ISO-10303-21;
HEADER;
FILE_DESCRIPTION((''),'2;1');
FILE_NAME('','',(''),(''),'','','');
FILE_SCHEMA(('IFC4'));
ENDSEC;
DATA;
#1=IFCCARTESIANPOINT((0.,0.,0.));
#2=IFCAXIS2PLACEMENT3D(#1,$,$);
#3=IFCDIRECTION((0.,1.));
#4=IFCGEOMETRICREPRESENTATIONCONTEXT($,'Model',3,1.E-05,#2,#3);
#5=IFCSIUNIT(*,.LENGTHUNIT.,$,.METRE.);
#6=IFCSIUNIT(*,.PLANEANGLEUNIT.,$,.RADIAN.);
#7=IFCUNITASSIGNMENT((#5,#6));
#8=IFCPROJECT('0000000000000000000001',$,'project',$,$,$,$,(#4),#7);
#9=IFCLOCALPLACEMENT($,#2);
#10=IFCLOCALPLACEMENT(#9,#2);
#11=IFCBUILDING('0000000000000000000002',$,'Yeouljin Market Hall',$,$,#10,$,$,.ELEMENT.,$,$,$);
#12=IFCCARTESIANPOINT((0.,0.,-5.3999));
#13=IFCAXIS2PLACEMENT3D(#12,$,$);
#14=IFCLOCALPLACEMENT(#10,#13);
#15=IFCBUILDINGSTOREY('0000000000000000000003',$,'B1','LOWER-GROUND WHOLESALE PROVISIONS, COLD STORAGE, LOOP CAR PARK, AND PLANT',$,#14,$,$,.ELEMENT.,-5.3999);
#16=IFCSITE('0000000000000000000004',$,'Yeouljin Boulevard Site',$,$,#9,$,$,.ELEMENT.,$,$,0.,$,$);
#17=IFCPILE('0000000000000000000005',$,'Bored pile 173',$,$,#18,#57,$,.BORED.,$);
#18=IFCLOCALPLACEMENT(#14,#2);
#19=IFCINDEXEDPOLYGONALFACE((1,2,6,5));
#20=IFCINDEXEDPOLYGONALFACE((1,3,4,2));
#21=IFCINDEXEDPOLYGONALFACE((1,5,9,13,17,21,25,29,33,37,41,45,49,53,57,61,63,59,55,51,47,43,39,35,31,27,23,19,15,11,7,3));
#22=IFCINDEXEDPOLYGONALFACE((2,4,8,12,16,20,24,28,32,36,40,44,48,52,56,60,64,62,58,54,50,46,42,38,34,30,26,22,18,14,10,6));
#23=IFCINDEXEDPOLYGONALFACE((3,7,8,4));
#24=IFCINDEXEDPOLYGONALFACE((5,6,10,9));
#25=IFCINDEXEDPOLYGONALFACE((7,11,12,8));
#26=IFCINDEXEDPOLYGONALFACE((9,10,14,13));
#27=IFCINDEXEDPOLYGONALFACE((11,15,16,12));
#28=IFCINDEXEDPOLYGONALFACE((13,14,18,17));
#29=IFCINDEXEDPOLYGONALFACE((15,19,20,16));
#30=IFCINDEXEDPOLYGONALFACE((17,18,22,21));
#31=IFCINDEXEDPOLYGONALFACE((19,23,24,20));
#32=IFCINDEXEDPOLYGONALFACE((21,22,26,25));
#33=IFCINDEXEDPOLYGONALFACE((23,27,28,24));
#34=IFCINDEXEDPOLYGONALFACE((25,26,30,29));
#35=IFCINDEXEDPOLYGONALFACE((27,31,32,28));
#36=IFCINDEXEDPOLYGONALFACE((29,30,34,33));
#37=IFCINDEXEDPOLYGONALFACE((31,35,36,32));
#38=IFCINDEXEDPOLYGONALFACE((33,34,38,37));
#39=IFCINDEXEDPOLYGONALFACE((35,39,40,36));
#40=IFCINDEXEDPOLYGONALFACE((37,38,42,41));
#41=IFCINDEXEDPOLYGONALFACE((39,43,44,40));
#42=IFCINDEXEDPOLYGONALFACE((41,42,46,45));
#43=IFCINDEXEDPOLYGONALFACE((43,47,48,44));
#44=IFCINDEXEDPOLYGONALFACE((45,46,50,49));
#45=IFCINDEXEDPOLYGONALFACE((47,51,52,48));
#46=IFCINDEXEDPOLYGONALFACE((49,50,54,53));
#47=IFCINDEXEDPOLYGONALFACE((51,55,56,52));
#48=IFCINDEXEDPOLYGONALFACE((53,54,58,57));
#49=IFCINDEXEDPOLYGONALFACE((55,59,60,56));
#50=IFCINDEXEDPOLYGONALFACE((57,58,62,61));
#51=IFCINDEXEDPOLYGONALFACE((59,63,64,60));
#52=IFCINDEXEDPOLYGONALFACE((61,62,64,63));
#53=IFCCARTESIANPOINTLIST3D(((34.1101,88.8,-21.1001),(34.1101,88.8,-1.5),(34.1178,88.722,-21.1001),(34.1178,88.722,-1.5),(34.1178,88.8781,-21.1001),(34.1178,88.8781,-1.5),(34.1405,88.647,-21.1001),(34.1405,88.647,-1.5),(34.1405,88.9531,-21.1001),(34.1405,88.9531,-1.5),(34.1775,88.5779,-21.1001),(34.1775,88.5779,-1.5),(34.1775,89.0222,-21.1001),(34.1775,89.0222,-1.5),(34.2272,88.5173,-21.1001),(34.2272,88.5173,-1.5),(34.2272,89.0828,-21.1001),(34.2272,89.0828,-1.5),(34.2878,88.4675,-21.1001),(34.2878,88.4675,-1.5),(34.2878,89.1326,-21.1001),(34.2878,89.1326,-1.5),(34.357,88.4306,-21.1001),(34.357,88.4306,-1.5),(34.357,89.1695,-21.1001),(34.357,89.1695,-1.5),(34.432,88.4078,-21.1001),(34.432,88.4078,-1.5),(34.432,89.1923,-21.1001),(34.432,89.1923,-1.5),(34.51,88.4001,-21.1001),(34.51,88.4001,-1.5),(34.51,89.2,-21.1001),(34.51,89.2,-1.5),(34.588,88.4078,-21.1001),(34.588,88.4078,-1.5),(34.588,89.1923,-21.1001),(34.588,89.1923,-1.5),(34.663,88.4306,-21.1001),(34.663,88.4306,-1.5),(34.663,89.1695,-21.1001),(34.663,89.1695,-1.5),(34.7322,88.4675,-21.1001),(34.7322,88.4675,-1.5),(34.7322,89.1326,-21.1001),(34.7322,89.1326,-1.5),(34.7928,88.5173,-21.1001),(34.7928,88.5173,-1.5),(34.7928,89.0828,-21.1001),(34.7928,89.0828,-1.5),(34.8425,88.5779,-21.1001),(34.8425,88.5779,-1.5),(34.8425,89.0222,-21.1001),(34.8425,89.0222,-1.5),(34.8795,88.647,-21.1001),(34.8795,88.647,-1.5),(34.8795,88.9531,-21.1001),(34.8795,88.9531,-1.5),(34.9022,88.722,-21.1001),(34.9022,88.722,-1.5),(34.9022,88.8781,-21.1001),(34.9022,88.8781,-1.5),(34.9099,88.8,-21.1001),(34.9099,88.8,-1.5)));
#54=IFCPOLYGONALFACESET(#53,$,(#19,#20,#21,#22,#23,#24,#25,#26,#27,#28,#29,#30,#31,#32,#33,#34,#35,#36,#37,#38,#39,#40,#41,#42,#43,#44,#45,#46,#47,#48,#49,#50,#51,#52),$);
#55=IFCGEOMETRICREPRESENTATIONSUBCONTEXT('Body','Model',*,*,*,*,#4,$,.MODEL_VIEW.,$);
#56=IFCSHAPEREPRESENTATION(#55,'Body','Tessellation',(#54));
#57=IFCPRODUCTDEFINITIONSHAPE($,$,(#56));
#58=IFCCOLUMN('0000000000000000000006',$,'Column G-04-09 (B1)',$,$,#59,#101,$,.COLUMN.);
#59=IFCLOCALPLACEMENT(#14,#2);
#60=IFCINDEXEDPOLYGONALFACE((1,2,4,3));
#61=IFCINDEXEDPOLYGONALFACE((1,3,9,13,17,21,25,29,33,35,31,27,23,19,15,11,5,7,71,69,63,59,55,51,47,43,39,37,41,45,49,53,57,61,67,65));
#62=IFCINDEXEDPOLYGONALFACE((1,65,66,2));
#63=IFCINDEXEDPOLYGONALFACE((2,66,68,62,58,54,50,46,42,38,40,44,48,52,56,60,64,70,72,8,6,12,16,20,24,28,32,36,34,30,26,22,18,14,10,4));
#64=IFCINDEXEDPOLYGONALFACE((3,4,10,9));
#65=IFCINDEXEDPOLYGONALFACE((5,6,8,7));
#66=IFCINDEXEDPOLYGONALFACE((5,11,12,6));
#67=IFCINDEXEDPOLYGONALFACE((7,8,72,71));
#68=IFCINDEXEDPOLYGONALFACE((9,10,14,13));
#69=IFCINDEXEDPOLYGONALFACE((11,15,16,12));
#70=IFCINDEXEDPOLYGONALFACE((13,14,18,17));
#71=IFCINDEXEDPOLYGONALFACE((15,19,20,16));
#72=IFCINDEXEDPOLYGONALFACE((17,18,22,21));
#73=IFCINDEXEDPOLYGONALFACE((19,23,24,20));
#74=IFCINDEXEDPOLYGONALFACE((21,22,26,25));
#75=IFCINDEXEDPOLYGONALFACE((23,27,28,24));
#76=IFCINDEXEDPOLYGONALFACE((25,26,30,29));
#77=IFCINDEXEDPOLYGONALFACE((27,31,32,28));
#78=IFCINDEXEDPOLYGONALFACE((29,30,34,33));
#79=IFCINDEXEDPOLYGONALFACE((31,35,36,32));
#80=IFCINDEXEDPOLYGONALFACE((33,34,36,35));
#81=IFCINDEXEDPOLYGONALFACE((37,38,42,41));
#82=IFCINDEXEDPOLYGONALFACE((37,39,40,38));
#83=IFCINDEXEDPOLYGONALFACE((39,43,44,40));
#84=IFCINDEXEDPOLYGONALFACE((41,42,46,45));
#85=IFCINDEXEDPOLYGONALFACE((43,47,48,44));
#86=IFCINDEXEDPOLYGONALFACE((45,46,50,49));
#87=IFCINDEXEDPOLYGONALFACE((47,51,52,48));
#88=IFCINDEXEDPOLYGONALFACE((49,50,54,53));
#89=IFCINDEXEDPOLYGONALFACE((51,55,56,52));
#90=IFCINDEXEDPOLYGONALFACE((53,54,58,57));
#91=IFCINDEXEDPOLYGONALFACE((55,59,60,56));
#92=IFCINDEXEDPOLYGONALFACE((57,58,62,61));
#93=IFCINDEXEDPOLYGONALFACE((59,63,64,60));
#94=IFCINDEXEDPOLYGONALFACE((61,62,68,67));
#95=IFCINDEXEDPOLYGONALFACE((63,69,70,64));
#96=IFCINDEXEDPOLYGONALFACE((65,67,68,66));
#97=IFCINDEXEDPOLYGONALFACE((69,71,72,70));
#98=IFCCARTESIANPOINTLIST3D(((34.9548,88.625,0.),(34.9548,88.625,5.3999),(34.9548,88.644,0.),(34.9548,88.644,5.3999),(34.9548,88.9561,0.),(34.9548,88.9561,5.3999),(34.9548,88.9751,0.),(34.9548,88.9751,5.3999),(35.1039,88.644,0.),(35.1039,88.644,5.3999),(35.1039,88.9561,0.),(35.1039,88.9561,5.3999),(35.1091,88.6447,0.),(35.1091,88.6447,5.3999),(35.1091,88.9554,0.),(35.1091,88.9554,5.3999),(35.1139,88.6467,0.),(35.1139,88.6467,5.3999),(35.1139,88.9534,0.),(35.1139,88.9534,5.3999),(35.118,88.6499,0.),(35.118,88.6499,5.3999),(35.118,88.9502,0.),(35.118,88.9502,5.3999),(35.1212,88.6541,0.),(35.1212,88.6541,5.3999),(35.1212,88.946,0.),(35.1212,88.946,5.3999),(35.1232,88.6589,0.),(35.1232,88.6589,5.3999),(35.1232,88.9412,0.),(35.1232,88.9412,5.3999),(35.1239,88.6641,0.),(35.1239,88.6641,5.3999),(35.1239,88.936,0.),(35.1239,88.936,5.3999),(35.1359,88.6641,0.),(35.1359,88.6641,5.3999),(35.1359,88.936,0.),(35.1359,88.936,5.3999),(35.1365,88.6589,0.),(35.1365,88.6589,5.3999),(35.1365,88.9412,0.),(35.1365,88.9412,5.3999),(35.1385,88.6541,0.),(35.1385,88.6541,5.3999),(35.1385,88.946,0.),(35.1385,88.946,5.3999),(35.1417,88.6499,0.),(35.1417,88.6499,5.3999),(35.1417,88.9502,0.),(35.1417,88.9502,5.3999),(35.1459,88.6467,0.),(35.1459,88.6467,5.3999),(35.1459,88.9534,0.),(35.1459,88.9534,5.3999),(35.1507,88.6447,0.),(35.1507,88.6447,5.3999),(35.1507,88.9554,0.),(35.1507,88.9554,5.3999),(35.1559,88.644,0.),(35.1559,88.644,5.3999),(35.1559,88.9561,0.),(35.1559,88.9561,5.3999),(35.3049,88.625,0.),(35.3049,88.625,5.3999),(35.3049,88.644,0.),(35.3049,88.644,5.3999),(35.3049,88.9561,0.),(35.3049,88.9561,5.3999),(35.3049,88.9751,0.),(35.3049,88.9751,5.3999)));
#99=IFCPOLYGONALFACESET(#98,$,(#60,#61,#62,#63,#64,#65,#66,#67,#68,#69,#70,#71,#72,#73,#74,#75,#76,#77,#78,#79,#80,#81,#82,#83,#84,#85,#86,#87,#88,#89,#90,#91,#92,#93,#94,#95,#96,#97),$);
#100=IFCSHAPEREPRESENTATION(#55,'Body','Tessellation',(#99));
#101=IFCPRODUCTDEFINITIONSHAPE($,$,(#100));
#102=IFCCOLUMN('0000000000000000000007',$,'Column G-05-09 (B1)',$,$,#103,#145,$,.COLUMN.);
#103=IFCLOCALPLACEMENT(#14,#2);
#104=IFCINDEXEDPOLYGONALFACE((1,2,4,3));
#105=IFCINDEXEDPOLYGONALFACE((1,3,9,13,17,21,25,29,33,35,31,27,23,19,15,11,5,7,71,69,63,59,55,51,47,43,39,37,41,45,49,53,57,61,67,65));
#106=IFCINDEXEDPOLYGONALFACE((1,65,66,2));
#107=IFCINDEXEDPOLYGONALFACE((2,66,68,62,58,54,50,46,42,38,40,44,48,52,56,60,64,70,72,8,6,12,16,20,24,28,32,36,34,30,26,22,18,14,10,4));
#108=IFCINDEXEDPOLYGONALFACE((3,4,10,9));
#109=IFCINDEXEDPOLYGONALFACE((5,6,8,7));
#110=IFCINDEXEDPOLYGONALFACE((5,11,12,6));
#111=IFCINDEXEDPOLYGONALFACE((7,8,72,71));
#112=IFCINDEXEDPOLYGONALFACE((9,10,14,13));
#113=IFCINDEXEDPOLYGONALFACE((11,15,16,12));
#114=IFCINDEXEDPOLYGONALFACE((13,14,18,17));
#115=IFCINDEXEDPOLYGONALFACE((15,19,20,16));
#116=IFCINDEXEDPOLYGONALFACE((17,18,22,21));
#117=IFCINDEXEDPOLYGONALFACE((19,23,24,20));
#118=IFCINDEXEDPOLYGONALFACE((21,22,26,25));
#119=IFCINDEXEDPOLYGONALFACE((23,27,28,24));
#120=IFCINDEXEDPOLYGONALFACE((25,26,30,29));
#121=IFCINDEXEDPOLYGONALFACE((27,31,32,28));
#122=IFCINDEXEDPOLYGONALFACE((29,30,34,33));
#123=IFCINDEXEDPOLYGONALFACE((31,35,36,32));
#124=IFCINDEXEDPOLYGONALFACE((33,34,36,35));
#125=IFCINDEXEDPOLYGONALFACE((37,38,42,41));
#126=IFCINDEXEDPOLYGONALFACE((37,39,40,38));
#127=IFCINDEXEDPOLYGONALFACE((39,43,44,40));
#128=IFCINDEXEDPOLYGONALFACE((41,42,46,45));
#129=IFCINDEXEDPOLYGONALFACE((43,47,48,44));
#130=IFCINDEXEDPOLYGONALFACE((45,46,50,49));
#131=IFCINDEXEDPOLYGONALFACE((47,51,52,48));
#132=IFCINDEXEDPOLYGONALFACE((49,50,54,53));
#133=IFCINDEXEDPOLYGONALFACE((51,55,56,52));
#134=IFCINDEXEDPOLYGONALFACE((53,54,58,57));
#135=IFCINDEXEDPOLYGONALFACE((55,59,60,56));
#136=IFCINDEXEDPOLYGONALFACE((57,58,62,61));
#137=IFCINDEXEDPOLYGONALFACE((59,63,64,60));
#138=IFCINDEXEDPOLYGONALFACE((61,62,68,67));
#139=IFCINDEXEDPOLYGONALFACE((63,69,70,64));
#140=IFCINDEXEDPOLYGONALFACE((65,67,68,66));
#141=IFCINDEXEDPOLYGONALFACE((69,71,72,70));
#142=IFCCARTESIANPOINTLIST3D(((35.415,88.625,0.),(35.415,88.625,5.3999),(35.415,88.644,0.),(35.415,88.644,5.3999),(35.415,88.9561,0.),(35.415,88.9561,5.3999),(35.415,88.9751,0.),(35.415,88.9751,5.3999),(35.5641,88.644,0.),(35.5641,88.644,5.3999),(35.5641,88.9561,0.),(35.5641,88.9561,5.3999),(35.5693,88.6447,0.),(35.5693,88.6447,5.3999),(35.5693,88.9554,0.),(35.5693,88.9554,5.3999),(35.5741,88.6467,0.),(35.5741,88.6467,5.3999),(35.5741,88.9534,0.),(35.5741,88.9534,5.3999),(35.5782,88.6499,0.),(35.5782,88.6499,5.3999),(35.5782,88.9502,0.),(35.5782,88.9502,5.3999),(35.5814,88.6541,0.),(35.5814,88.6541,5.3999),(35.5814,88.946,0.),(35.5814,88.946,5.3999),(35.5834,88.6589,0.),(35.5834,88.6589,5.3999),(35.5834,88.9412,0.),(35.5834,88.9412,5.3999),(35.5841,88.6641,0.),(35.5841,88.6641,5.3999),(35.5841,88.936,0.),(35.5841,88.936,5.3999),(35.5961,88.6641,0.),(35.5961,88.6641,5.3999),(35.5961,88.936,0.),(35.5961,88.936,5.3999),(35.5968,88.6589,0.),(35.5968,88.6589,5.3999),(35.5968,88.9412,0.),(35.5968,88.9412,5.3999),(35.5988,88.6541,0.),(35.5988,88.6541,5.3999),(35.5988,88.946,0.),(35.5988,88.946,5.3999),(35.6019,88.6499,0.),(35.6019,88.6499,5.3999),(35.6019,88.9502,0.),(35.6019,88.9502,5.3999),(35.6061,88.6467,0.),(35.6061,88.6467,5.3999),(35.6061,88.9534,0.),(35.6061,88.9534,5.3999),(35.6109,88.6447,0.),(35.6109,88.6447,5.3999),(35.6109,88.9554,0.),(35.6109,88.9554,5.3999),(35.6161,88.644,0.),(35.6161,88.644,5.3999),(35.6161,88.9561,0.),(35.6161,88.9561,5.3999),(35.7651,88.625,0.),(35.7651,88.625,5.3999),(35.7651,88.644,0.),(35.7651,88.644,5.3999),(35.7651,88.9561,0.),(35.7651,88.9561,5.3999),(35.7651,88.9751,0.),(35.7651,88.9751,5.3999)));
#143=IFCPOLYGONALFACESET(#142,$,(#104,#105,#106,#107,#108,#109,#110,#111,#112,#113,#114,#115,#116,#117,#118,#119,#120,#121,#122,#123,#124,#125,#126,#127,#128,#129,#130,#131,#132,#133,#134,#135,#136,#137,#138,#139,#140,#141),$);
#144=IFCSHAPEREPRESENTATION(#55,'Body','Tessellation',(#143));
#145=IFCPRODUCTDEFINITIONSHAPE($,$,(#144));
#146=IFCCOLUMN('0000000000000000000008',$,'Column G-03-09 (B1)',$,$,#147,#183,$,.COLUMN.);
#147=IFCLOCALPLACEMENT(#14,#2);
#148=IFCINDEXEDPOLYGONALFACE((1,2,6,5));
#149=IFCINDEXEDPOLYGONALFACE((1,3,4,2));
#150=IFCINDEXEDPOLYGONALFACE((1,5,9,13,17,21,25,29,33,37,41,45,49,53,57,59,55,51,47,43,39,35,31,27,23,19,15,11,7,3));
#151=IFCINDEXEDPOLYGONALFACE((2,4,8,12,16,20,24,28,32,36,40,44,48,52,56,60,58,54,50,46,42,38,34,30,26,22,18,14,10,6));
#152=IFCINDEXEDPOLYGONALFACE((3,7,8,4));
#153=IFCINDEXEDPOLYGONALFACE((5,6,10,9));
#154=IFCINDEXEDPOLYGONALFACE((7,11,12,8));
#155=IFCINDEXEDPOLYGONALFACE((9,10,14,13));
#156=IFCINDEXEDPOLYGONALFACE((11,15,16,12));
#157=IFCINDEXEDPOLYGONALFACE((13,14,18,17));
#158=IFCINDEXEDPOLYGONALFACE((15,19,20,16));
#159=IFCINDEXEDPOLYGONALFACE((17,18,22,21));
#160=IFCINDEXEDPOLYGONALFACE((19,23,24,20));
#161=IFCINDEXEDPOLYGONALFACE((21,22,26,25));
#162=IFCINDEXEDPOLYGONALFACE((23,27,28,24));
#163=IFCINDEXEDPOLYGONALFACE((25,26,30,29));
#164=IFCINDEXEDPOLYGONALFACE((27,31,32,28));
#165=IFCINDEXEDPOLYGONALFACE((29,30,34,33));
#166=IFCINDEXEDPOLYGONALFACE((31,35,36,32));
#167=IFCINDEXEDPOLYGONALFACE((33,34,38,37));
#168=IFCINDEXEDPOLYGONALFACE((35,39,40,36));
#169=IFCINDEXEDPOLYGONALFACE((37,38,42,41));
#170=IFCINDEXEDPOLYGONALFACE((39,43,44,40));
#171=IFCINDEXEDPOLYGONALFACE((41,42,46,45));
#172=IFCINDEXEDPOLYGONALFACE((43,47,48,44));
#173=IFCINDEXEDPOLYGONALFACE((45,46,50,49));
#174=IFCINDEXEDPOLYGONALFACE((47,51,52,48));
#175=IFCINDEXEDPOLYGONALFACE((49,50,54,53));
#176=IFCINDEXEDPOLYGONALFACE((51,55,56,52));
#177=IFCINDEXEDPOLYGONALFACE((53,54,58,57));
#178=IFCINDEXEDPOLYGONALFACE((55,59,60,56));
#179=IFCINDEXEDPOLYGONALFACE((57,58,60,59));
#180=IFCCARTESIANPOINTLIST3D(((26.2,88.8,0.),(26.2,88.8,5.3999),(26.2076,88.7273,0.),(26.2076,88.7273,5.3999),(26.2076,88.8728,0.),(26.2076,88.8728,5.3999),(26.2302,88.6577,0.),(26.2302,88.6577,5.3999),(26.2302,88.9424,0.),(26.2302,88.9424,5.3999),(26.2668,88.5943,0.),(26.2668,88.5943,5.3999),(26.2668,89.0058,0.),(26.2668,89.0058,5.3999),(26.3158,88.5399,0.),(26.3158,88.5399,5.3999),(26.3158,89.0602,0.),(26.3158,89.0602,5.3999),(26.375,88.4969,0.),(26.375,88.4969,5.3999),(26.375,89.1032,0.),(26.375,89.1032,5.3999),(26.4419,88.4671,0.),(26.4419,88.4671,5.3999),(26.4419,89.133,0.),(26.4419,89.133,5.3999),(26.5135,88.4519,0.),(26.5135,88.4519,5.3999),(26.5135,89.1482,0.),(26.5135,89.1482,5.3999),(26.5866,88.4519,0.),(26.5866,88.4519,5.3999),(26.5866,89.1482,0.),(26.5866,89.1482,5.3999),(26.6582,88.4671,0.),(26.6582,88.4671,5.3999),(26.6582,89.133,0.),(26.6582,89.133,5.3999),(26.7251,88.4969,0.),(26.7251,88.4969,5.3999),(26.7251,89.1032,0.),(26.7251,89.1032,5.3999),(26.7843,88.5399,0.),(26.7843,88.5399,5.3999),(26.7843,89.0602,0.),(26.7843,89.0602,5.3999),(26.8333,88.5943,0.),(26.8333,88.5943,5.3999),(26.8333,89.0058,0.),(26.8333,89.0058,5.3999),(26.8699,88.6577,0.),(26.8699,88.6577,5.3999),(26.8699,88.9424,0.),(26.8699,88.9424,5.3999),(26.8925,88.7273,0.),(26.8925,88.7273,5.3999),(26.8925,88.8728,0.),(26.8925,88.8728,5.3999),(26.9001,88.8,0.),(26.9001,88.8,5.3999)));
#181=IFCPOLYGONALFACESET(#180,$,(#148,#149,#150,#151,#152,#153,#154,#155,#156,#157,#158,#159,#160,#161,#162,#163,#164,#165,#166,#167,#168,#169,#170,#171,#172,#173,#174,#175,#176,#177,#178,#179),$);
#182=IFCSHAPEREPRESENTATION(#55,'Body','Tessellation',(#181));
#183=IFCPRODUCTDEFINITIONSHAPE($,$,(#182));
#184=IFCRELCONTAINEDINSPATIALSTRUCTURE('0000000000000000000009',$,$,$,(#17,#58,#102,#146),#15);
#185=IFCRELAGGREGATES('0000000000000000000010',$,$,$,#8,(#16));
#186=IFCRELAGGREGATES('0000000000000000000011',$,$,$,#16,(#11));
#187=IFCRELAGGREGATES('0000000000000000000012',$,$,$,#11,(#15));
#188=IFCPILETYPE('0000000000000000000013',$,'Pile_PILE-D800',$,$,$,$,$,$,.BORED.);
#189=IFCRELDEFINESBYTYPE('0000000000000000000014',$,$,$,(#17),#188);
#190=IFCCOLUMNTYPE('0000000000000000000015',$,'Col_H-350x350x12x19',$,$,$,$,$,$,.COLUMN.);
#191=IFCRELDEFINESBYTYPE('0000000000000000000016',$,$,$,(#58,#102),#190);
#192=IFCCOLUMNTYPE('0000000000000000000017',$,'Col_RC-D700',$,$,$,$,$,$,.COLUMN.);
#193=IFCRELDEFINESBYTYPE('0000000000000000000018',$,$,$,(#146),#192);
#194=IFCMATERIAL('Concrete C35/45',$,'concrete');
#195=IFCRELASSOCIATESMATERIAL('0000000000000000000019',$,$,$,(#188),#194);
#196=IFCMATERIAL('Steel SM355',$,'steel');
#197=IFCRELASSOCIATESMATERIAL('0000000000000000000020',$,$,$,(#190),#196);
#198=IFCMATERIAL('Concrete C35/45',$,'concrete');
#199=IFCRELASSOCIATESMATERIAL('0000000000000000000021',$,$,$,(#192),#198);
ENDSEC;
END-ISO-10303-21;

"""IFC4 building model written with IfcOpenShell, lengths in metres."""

from ifc_helpers import new_model, si_unit, direction, frame, origin, origin_2d, place, context, subcontext, project, spatial, circle, i_section, extrude, material, material_profile, profile_set, type_object, element, save


model = new_model("IFC4")

# Units and contexts
model_context = context("Model", 3, precision=1e-05, world=origin(), true_north=direction((0.0, 1.0)))
body_context = subcontext(model_context, "Body", "Model", "MODEL_VIEW")
ifc_project = project(units=[si_unit("LENGTHUNIT", "METRE"), si_unit("PLANEANGLEUNIT", "RADIAN")], contexts=[model_context])

# Site, building, storey
site_placement = place(None, origin())
site = spatial("IfcSite", under=ifc_project, at=site_placement, Name="Yeouljin Boulevard Site", CompositionType="ELEMENT", RefElevation=0.0)
building_placement = place(site_placement, origin())
building = spatial("IfcBuilding", under=site, at=building_placement, Name="Yeouljin Market Hall", CompositionType="ELEMENT")
storey_placement = place(building_placement, frame((0.0, 0.0, -5.3999)))
storey = spatial("IfcBuildingStorey", under=building, at=storey_placement, Name="B1", Description="LOWER-GROUND WHOLESALE PROVISIONS, COLD STORAGE, LOOP CAR PARK, AND PLANT", CompositionType="ELEMENT", Elevation=-5.3999)

# Pile
ifc_material_1 = material(Name="Concrete C35/45", Category="concrete")
ifc_material_profile_1 = material_profile(ifc_material_1, circle(Radius=0.3999, at=origin_2d()), Name="PILE-D800")
ifc_profile_set_1 = profile_set([ifc_material_profile_1], Name="Concrete C35/45")
pile_type_1 = type_object("IfcPileType", Name="Pile_PILE-D800", PredefinedType="BORED", material=ifc_profile_set_1)
pile_placement = place(storey_placement, frame((34.51, 88.8, -1.5), z_axis=(0.0, 0.0, -1.0), x_axis=(1.0, 0.0, 0.0)))
element("IfcPile", 1, at=pile_placement, inside=storey, type_object=pile_type_1, Name="Bored pile 173", PredefinedType="BORED", context=body_context, shape_type="SweptSolid", body=[
    extrude(circle(Radius=0.3999, at=origin_2d()), origin(), (0.0, 0.0, 1.0), 19.6001),
])

# Columns
ifc_material_2 = material(Name="Steel SM355", Category="steel")
ifc_material_profile_2 = material_profile(ifc_material_2, i_section(OverallWidth=0.3501, OverallDepth=0.3501, WebThickness=0.012, FlangeThickness=0.019, FilletRadius=0.02, at=origin_2d()), Name="H-350x350x12x19")
ifc_profile_set_2 = profile_set([ifc_material_profile_2], Name="Steel SM355")
column_type_1 = type_object("IfcColumnType", Name="Col_H-350x350x12x19", PredefinedType="COLUMN", material=ifc_profile_set_2)
for number, where, z_axis, x_axis, name in (
    (2, (35.1299, 88.8, 0.0), (0.0, 0.0, 1.0), (1.0, 0.0, 0.0), "Column G-04-09 (B1)"),
    (3, (35.5901, 88.8, 0.0), (0.0, 0.0, 1.0), (1.0, 0.0, 0.0), "Column G-05-09 (B1)"),
):
    element("IfcColumn", number, at=place(storey_placement, frame(where, z_axis=z_axis, x_axis=x_axis)), inside=storey, type_object=column_type_1, Name=name, PredefinedType="COLUMN", context=body_context, shape_type="SweptSolid", body=[
        extrude(i_section(OverallWidth=0.3501, OverallDepth=0.3501, WebThickness=0.012, FlangeThickness=0.019, FilletRadius=0.02, at=origin_2d()), origin(), (0.0, 0.0, 1.0), 5.3999),
    ])
ifc_material_3 = material(Name="Concrete C35/45", Category="concrete")
ifc_material_profile_3 = material_profile(ifc_material_3, circle(Radius=0.3501, at=origin_2d()), Name="RC-D700")
ifc_profile_set_3 = profile_set([ifc_material_profile_3], Name="Concrete C35/45")
column_type_2 = type_object("IfcColumnType", Name="Col_RC-D700", PredefinedType="COLUMN", material=ifc_profile_set_3)
column_placement = place(storey_placement, frame((26.55, 88.8, 0.0), z_axis=(0.0, 0.0, 1.0), x_axis=(1.0, 0.0, 0.0)))
element("IfcColumn", 4, at=column_placement, inside=storey, type_object=column_type_2, Name="Column G-03-09 (B1)", PredefinedType="COLUMN", context=body_context, shape_type="SweptSolid", body=[
    extrude(circle(Radius=0.3501, at=origin_2d()), origin(), (0.0, 0.0, 1.0), 5.3999),
])

save(model, "model.ifc")
